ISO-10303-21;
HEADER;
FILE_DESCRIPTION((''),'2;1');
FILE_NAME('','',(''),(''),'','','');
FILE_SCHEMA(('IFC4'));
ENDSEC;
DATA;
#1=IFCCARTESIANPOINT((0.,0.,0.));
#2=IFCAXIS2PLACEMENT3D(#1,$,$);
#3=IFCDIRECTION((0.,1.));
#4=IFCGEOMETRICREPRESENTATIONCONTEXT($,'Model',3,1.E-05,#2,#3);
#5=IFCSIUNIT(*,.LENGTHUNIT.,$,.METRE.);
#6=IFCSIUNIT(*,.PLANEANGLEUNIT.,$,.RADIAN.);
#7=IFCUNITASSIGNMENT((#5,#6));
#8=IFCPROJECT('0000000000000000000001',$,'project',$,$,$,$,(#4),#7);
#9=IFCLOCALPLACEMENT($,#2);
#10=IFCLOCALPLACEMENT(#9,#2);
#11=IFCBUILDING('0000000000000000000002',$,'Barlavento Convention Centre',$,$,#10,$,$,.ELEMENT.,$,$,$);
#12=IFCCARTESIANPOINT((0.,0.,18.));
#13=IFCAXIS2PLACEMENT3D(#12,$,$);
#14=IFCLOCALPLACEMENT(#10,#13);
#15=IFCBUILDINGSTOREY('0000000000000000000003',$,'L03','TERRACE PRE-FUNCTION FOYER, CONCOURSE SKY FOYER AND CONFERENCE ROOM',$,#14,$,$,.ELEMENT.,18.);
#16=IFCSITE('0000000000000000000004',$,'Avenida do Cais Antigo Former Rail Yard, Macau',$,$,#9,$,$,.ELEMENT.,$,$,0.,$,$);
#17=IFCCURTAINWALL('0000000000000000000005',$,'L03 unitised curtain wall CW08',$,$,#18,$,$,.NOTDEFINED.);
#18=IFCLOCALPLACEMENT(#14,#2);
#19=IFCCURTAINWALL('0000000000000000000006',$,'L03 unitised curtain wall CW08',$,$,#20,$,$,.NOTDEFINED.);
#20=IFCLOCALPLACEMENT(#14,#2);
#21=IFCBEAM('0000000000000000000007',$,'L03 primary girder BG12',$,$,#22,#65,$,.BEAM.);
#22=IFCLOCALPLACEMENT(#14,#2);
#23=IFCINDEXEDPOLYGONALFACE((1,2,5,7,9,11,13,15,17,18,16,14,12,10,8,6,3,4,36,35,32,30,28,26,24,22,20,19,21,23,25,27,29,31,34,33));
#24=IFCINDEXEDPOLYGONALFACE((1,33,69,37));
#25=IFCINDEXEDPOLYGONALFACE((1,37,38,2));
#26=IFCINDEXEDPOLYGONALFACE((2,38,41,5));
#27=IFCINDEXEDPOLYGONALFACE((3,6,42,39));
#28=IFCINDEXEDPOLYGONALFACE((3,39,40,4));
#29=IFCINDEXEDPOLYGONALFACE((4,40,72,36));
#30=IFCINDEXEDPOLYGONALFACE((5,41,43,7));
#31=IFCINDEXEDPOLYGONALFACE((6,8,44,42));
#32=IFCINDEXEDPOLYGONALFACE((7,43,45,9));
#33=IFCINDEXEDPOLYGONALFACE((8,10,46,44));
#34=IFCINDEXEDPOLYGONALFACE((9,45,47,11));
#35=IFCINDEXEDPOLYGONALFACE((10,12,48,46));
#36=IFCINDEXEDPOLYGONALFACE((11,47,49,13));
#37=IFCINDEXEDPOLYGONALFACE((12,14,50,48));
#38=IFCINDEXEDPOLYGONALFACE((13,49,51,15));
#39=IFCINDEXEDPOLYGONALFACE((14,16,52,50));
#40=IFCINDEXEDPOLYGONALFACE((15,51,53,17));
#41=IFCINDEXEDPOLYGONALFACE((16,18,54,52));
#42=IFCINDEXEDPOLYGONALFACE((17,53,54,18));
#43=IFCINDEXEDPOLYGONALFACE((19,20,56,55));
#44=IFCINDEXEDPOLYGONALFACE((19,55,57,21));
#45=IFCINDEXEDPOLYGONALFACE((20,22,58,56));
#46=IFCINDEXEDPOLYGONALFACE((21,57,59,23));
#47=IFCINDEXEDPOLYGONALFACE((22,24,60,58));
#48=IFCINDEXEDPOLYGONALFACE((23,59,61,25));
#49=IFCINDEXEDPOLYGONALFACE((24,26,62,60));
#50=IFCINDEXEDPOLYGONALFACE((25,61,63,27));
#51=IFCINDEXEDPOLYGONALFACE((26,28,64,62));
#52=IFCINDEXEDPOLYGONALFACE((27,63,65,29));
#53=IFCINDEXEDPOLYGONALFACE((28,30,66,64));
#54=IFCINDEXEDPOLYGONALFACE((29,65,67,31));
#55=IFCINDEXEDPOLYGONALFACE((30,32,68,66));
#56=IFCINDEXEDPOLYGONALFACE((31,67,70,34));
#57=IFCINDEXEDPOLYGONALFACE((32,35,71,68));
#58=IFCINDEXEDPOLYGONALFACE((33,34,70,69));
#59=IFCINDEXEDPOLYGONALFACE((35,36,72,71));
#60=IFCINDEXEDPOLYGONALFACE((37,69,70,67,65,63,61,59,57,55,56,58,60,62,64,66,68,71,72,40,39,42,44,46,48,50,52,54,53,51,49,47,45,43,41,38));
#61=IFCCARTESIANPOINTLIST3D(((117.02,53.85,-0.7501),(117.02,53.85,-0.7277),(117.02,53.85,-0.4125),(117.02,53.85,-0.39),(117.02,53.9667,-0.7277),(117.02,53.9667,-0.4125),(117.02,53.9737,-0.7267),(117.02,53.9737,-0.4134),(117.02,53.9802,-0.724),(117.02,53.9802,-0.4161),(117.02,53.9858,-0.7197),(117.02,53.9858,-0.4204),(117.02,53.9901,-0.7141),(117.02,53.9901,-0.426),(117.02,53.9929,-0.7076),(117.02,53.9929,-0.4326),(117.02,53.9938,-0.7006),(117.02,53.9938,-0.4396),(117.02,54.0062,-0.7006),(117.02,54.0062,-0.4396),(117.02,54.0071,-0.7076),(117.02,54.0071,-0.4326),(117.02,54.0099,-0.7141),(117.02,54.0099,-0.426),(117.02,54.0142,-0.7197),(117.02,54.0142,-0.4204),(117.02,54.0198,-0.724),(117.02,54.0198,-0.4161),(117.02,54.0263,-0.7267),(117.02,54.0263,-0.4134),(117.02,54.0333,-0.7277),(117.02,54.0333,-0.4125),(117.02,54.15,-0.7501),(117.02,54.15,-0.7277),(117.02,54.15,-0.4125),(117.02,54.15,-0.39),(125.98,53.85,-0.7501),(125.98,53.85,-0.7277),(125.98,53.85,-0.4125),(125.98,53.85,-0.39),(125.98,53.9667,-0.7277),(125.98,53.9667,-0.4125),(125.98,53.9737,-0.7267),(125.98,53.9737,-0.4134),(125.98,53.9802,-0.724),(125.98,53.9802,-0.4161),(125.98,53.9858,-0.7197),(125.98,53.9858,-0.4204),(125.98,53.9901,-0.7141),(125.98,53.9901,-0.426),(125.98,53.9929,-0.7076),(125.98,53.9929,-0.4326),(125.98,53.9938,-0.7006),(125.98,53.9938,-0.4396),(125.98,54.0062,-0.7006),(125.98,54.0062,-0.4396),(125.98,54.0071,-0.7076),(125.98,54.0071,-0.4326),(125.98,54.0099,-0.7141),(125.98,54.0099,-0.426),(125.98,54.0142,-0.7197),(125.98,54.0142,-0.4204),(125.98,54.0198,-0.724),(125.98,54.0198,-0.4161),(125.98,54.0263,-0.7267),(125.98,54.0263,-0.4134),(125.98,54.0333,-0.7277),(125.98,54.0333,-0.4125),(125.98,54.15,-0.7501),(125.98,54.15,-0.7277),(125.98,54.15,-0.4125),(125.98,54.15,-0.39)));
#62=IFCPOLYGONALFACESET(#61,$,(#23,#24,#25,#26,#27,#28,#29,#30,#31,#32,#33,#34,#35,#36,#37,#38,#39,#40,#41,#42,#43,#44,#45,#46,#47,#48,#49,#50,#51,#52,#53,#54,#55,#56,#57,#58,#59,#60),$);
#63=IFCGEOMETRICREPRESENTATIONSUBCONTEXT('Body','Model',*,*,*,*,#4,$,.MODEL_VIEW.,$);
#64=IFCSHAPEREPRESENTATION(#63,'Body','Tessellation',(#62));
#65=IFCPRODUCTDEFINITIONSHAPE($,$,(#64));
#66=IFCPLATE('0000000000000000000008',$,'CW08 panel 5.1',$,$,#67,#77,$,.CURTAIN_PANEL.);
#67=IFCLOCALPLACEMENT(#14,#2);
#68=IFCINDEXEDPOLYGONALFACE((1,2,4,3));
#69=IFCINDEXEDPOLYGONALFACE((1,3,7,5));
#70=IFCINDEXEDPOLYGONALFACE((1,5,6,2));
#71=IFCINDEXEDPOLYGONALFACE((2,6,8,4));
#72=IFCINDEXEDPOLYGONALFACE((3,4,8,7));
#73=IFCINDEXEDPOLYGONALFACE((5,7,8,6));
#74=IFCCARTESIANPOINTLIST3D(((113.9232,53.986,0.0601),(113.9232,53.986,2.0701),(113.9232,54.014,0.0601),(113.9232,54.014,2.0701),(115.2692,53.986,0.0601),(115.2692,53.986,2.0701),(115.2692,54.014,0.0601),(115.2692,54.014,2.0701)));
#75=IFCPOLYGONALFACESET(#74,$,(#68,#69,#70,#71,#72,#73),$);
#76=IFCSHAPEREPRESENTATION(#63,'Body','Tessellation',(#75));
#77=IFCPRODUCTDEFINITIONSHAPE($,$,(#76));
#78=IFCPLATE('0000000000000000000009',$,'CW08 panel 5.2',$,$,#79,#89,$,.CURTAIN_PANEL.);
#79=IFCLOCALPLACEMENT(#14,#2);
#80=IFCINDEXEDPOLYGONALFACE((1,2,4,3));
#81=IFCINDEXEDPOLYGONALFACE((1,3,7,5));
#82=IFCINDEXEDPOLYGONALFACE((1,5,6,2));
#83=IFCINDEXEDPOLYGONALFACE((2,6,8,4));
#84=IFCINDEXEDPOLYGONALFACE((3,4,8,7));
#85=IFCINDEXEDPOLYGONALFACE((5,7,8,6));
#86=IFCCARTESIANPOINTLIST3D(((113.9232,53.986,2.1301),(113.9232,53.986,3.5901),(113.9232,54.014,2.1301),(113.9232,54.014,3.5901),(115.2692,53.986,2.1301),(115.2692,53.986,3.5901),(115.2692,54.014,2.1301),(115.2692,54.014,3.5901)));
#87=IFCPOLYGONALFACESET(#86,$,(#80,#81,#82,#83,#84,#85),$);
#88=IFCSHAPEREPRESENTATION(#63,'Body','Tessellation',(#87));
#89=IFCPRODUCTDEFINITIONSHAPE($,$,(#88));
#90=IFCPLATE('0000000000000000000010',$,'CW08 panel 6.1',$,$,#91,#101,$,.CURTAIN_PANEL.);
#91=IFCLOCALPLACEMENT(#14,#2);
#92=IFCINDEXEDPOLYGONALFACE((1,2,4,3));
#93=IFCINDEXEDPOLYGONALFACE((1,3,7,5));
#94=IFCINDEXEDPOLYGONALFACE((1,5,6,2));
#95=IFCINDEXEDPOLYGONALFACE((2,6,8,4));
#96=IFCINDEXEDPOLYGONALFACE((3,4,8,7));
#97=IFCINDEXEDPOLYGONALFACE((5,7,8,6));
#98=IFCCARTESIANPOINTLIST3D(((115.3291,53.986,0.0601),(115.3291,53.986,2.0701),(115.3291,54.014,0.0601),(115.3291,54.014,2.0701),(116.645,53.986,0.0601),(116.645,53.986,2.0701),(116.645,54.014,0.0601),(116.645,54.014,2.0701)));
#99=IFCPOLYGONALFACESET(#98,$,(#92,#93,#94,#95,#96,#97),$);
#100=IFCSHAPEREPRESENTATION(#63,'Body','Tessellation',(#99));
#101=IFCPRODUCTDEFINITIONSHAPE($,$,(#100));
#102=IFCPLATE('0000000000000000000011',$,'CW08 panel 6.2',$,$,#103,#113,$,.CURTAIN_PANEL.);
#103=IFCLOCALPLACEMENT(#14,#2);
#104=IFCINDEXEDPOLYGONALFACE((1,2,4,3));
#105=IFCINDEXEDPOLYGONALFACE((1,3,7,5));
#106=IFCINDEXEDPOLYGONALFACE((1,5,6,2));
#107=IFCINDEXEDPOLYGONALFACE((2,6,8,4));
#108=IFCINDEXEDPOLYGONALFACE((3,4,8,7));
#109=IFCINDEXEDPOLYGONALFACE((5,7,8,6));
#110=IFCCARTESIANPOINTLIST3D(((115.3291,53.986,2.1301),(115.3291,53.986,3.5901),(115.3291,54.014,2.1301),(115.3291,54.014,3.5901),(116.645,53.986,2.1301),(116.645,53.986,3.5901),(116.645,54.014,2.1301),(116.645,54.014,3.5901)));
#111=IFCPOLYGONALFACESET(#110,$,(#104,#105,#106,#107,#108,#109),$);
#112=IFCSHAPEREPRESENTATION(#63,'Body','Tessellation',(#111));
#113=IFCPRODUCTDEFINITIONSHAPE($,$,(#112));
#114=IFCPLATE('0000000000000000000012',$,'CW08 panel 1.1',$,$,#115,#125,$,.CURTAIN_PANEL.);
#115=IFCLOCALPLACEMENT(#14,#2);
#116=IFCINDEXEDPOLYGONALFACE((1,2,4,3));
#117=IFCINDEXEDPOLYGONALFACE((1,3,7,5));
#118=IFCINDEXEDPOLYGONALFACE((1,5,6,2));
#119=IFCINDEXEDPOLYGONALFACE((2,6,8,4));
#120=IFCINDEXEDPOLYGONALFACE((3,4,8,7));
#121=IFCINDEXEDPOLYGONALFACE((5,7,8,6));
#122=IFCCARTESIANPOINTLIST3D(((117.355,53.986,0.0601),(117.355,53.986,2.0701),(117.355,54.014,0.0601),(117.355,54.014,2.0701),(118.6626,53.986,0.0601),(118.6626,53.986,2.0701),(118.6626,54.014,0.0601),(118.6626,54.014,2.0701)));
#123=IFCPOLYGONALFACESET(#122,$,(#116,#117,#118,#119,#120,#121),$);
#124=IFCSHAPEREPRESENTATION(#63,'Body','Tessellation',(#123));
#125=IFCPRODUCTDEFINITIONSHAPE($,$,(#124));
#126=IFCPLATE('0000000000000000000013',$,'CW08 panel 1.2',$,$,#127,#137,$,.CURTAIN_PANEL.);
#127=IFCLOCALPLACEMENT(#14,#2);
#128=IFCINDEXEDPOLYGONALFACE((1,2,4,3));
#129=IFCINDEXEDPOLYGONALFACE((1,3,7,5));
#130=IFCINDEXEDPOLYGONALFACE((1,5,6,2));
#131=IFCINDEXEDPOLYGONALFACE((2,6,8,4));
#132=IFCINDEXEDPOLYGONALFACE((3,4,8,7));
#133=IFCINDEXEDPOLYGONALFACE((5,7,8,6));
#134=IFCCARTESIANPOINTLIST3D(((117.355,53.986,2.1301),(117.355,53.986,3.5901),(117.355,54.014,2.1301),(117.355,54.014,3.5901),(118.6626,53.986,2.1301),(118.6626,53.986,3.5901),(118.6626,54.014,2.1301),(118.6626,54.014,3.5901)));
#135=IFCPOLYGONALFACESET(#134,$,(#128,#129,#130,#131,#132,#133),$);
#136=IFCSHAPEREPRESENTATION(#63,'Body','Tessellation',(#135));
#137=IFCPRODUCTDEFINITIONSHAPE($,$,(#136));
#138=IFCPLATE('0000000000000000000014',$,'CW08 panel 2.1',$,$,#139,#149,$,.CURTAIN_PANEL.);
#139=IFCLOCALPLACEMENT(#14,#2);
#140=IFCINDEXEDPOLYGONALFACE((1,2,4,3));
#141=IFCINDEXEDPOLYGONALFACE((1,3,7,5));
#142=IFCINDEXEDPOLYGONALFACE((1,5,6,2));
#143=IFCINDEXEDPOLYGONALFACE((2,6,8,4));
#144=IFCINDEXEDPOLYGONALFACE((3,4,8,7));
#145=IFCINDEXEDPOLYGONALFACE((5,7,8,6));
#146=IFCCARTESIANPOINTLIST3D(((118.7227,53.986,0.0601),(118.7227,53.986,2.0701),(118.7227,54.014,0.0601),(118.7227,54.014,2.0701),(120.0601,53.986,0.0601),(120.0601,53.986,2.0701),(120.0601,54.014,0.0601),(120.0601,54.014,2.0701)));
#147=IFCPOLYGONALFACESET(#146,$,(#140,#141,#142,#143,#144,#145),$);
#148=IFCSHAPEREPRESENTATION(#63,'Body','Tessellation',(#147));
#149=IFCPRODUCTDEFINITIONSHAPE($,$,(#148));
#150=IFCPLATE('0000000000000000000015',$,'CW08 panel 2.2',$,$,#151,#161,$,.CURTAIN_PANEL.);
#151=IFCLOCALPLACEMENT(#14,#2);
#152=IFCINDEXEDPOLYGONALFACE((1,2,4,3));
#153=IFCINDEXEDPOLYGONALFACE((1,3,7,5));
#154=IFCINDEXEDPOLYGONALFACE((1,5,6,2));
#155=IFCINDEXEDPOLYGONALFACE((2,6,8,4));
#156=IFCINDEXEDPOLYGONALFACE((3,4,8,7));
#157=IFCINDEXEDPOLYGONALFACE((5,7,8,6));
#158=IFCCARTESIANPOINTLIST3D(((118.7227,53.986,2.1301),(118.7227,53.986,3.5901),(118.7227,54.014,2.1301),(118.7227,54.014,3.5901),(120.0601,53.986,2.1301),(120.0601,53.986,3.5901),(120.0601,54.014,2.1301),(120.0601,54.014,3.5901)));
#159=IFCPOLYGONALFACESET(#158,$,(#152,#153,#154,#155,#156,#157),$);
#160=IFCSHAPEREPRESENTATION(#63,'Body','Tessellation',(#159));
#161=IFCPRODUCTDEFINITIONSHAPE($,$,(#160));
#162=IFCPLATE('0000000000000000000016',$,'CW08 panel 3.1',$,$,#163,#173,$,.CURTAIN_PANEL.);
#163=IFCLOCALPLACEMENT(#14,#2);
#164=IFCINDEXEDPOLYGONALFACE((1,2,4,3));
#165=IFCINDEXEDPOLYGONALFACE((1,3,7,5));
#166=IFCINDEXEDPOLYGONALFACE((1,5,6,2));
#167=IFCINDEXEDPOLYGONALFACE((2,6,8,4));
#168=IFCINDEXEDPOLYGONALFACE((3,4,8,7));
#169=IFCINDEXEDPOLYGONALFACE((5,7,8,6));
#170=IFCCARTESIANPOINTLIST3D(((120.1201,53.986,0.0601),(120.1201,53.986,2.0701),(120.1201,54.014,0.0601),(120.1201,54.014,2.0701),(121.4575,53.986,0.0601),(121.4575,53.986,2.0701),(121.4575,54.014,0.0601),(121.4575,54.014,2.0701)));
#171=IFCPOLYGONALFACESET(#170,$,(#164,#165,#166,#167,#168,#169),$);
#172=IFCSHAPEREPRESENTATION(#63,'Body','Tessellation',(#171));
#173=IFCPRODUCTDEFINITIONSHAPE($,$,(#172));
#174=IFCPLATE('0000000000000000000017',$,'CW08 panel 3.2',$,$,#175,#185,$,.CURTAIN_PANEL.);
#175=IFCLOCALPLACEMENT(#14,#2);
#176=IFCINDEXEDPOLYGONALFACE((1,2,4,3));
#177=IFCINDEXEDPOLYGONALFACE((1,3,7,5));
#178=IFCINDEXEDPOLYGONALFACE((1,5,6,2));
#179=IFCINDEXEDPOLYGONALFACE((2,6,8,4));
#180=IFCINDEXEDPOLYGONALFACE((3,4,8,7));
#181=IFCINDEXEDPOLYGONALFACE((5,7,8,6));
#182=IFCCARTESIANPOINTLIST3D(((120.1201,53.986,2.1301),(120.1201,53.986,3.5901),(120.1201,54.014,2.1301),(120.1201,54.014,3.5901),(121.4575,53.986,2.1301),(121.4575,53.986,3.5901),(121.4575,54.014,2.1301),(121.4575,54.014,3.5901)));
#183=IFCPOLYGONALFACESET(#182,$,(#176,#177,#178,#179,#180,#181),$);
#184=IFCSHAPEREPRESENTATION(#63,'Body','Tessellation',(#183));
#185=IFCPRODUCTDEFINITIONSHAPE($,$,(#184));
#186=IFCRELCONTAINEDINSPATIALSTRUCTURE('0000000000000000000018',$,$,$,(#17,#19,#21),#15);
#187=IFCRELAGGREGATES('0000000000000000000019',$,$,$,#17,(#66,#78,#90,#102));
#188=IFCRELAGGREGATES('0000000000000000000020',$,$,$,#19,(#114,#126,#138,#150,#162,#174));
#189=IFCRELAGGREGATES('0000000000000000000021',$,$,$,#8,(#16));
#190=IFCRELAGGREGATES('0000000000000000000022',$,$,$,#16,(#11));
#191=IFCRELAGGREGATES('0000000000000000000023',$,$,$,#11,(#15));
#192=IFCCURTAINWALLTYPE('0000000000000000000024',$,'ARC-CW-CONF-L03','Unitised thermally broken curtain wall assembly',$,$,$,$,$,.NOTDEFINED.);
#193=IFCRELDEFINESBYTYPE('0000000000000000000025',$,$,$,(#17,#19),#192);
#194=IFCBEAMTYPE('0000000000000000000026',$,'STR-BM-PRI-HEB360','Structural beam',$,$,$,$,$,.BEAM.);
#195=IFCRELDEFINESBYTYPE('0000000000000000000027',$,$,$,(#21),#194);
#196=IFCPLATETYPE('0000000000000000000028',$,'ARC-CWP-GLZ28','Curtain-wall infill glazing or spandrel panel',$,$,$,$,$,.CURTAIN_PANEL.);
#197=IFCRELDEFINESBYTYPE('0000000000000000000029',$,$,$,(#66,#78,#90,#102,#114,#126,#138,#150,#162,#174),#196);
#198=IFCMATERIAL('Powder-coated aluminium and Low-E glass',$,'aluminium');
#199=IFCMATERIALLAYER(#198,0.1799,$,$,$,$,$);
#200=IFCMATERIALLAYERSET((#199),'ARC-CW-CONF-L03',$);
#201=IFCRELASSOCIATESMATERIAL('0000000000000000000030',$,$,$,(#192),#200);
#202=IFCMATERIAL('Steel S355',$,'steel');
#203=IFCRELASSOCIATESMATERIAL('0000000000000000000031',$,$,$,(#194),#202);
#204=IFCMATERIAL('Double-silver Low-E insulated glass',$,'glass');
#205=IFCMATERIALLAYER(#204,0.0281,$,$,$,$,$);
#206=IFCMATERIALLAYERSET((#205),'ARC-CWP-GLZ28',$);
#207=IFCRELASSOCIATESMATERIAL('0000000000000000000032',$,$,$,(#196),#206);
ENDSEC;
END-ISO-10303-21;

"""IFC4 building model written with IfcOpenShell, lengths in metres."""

from ifc_helpers import new_model, si_unit, direction, frame, origin, origin_2d, place, context, subcontext, project, spatial, rectangle, i_section, extrude, material, layer, layer_set, material_profile, profile_set, type_object, element, aggregate, save


model = new_model("IFC4")

# Units and contexts
model_context = context("Model", 3, precision=1e-05, world=origin(), true_north=direction((0.0, 1.0)))
body_context = subcontext(model_context, "Body", "Model", "MODEL_VIEW")
ifc_project = project(units=[si_unit("LENGTHUNIT", "METRE"), si_unit("PLANEANGLEUNIT", "RADIAN")], contexts=[model_context])

# Site, building, storey
site_placement = place(None, origin())
site = spatial("IfcSite", under=ifc_project, at=site_placement, Name="Avenida do Cais Antigo Former Rail Yard, Macau", CompositionType="ELEMENT", RefElevation=0.0)
building_placement = place(site_placement, origin())
building = spatial("IfcBuilding", under=site, at=building_placement, Name="Barlavento Convention Centre", CompositionType="ELEMENT")
storey_placement = place(building_placement, frame((0.0, 0.0, 18.0)))
storey = spatial("IfcBuildingStorey", under=building, at=storey_placement, Name="L03", Description="TERRACE PRE-FUNCTION FOYER, CONCOURSE SKY FOYER AND CONFERENCE ROOM", CompositionType="ELEMENT", Elevation=18.0)

# Shared definitions
ifc_material_1 = material(Name="Steel S355", Category="steel")

# Curtain walls
ifc_material_2 = material(Name="Powder-coated aluminium and Low-E glass", Category="aluminium")
ifc_layer_1 = layer(ifc_material_2, 0.1799)
ifc_layer_set_1 = layer_set([ifc_layer_1], Name="ARC-CW-CONF-L03")
curtain_wall_type = type_object("IfcCurtainWallType", Name="ARC-CW-CONF-L03", Description="Unitised thermally broken curtain wall assembly", PredefinedType="NOTDEFINED", material=ifc_layer_set_1)
curtain_wall_1_placement = place(storey_placement, origin())
curtain_wall_1 = element("IfcCurtainWall", 1, at=curtain_wall_1_placement, inside=storey, type_object=curtain_wall_type, Name="L03 unitised curtain wall CW08", PredefinedType="NOTDEFINED")
curtain_wall_2_placement = place(storey_placement, origin())
curtain_wall_2 = element("IfcCurtainWall", 2, at=curtain_wall_2_placement, inside=storey, type_object=curtain_wall_type, Name="L03 unitised curtain wall CW08", PredefinedType="NOTDEFINED")

# Beam
ifc_material_profile_1 = material_profile(ifc_material_1, i_section(OverallWidth=0.3, OverallDepth=0.3601, WebThickness=0.0125, FlangeThickness=0.0225, FilletRadius=0.0271, at=origin_2d()), Name="HEB 360")
ifc_profile_set_1 = profile_set([ifc_material_profile_1], Name="Steel S355")
beam_type = type_object("IfcBeamType", Name="STR-BM-PRI-HEB360", Description="Structural beam", PredefinedType="BEAM", material=ifc_profile_set_1)
beam_placement = place(storey_placement, frame((117.02, 54.0, -0.5701), z_axis=(1.0, 0.0, 0.0), x_axis=(0.0, 1.0, 0.0)))
element("IfcBeam", 3, at=beam_placement, inside=storey, type_object=beam_type, Name="L03 primary girder BG12", PredefinedType="BEAM", context=body_context, shape_type="SweptSolid", body=[
    extrude(i_section(OverallWidth=0.3, OverallDepth=0.3601, WebThickness=0.0125, FlangeThickness=0.0225, FilletRadius=0.0271, at=origin_2d()), origin(), (0.0, 0.0, 1.0), 8.96),
])

# Plates
ifc_material_3 = material(Name="Double-silver Low-E insulated glass", Category="glass")
ifc_layer_2 = layer(ifc_material_3, 0.0281)
ifc_layer_set_2 = layer_set([ifc_layer_2], Name="ARC-CWP-GLZ28")
plate_type = type_object("IfcPlateType", Name="ARC-CWP-GLZ28", Description="Curtain-wall infill glazing or spandrel panel", PredefinedType="CURTAIN_PANEL", material=ifc_layer_set_2)
plate_1_placement = place(storey_placement, frame((114.5962, 54.0, 0.0601), z_axis=(0.0, 0.0, 1.0), x_axis=(1.0, 0.0, 0.0)))
plate_1 = element("IfcPlate", 4, at=plate_1_placement, type_object=plate_type, Name="CW08 panel 5.1", PredefinedType="CURTAIN_PANEL", context=body_context, shape_type="SweptSolid", body=[
    extrude(rectangle(XDim=1.3459, YDim=0.0281, at=origin_2d()), origin(), (0.0, 0.0, 1.0), 2.01),
])
plate_2_placement = place(storey_placement, frame((114.5962, 54.0, 2.1301), z_axis=(0.0, 0.0, 1.0), x_axis=(1.0, 0.0, 0.0)))
plate_2 = element("IfcPlate", 5, at=plate_2_placement, type_object=plate_type, Name="CW08 panel 5.2", PredefinedType="CURTAIN_PANEL", context=body_context, shape_type="SweptSolid", body=[
    extrude(rectangle(XDim=1.3459, YDim=0.0281, at=origin_2d()), origin(), (0.0, 0.0, 1.0), 1.46),
])
plate_3_placement = place(storey_placement, frame((115.9871, 54.0, 0.0601), z_axis=(0.0, 0.0, 1.0), x_axis=(1.0, 0.0, 0.0)))
plate_3 = element("IfcPlate", 6, at=plate_3_placement, type_object=plate_type, Name="CW08 panel 6.1", PredefinedType="CURTAIN_PANEL", context=body_context, shape_type="SweptSolid", body=[
    extrude(rectangle(XDim=1.3159, YDim=0.0281, at=origin_2d()), origin(), (0.0, 0.0, 1.0), 2.01),
])
plate_4_placement = place(storey_placement, frame((115.9871, 54.0, 2.1301), z_axis=(0.0, 0.0, 1.0), x_axis=(1.0, 0.0, 0.0)))
plate_4 = element("IfcPlate", 7, at=plate_4_placement, type_object=plate_type, Name="CW08 panel 6.2", PredefinedType="CURTAIN_PANEL", context=body_context, shape_type="SweptSolid", body=[
    extrude(rectangle(XDim=1.3159, YDim=0.0281, at=origin_2d()), origin(), (0.0, 0.0, 1.0), 1.46),
])
aggregate(curtain_wall_1, [plate_1, plate_2, plate_3, plate_4])
plate_5_placement = place(storey_placement, frame((118.0088, 54.0, 0.0601), z_axis=(0.0, 0.0, 1.0), x_axis=(1.0, 0.0, 0.0)))
plate_5 = element("IfcPlate", 8, at=plate_5_placement, type_object=plate_type, Name="CW08 panel 1.1", PredefinedType="CURTAIN_PANEL", context=body_context, shape_type="SweptSolid", body=[
    extrude(rectangle(XDim=1.3076, YDim=0.0281, at=origin_2d()), origin(), (0.0, 0.0, 1.0), 2.01),
])
plate_6_placement = place(storey_placement, frame((118.0088, 54.0, 2.1301), z_axis=(0.0, 0.0, 1.0), x_axis=(1.0, 0.0, 0.0)))
plate_6 = element("IfcPlate", 9, at=plate_6_placement, type_object=plate_type, Name="CW08 panel 1.2", PredefinedType="CURTAIN_PANEL", context=body_context, shape_type="SweptSolid", body=[
    extrude(rectangle(XDim=1.3076, YDim=0.0281, at=origin_2d()), origin(), (0.0, 0.0, 1.0), 1.46),
])
plate_7_placement = place(storey_placement, frame((119.3914, 54.0, 0.0601), z_axis=(0.0, 0.0, 1.0), x_axis=(1.0, 0.0, 0.0)))
plate_7 = element("IfcPlate", 10, at=plate_7_placement, type_object=plate_type, Name="CW08 panel 2.1", PredefinedType="CURTAIN_PANEL", context=body_context, shape_type="SweptSolid", body=[
    extrude(rectangle(XDim=1.3374, YDim=0.0281, at=origin_2d()), origin(), (0.0, 0.0, 1.0), 2.01),
])
plate_8_placement = place(storey_placement, frame((119.3914, 54.0, 2.1301), z_axis=(0.0, 0.0, 1.0), x_axis=(1.0, 0.0, 0.0)))
plate_8 = element("IfcPlate", 11, at=plate_8_placement, type_object=plate_type, Name="CW08 panel 2.2", PredefinedType="CURTAIN_PANEL", context=body_context, shape_type="SweptSolid", body=[
    extrude(rectangle(XDim=1.3374, YDim=0.0281, at=origin_2d()), origin(), (0.0, 0.0, 1.0), 1.46),
])
plate_9_placement = place(storey_placement, frame((120.7888, 54.0, 0.0601), z_axis=(0.0, 0.0, 1.0), x_axis=(1.0, 0.0, 0.0)))
plate_9 = element("IfcPlate", 12, at=plate_9_placement, type_object=plate_type, Name="CW08 panel 3.1", PredefinedType="CURTAIN_PANEL", context=body_context, shape_type="SweptSolid", body=[
    extrude(rectangle(XDim=1.3374, YDim=0.0281, at=origin_2d()), origin(), (0.0, 0.0, 1.0), 2.01),
])
plate_10_placement = place(storey_placement, frame((120.7888, 54.0, 2.1301), z_axis=(0.0, 0.0, 1.0), x_axis=(1.0, 0.0, 0.0)))
plate_10 = element("IfcPlate", 13, at=plate_10_placement, type_object=plate_type, Name="CW08 panel 3.2", PredefinedType="CURTAIN_PANEL", context=body_context, shape_type="SweptSolid", body=[
    extrude(rectangle(XDim=1.3374, YDim=0.0281, at=origin_2d()), origin(), (0.0, 0.0, 1.0), 1.46),
])
aggregate(curtain_wall_2, [plate_5, plate_6, plate_7, plate_8, plate_9, plate_10])

save(model, "model.ifc")
